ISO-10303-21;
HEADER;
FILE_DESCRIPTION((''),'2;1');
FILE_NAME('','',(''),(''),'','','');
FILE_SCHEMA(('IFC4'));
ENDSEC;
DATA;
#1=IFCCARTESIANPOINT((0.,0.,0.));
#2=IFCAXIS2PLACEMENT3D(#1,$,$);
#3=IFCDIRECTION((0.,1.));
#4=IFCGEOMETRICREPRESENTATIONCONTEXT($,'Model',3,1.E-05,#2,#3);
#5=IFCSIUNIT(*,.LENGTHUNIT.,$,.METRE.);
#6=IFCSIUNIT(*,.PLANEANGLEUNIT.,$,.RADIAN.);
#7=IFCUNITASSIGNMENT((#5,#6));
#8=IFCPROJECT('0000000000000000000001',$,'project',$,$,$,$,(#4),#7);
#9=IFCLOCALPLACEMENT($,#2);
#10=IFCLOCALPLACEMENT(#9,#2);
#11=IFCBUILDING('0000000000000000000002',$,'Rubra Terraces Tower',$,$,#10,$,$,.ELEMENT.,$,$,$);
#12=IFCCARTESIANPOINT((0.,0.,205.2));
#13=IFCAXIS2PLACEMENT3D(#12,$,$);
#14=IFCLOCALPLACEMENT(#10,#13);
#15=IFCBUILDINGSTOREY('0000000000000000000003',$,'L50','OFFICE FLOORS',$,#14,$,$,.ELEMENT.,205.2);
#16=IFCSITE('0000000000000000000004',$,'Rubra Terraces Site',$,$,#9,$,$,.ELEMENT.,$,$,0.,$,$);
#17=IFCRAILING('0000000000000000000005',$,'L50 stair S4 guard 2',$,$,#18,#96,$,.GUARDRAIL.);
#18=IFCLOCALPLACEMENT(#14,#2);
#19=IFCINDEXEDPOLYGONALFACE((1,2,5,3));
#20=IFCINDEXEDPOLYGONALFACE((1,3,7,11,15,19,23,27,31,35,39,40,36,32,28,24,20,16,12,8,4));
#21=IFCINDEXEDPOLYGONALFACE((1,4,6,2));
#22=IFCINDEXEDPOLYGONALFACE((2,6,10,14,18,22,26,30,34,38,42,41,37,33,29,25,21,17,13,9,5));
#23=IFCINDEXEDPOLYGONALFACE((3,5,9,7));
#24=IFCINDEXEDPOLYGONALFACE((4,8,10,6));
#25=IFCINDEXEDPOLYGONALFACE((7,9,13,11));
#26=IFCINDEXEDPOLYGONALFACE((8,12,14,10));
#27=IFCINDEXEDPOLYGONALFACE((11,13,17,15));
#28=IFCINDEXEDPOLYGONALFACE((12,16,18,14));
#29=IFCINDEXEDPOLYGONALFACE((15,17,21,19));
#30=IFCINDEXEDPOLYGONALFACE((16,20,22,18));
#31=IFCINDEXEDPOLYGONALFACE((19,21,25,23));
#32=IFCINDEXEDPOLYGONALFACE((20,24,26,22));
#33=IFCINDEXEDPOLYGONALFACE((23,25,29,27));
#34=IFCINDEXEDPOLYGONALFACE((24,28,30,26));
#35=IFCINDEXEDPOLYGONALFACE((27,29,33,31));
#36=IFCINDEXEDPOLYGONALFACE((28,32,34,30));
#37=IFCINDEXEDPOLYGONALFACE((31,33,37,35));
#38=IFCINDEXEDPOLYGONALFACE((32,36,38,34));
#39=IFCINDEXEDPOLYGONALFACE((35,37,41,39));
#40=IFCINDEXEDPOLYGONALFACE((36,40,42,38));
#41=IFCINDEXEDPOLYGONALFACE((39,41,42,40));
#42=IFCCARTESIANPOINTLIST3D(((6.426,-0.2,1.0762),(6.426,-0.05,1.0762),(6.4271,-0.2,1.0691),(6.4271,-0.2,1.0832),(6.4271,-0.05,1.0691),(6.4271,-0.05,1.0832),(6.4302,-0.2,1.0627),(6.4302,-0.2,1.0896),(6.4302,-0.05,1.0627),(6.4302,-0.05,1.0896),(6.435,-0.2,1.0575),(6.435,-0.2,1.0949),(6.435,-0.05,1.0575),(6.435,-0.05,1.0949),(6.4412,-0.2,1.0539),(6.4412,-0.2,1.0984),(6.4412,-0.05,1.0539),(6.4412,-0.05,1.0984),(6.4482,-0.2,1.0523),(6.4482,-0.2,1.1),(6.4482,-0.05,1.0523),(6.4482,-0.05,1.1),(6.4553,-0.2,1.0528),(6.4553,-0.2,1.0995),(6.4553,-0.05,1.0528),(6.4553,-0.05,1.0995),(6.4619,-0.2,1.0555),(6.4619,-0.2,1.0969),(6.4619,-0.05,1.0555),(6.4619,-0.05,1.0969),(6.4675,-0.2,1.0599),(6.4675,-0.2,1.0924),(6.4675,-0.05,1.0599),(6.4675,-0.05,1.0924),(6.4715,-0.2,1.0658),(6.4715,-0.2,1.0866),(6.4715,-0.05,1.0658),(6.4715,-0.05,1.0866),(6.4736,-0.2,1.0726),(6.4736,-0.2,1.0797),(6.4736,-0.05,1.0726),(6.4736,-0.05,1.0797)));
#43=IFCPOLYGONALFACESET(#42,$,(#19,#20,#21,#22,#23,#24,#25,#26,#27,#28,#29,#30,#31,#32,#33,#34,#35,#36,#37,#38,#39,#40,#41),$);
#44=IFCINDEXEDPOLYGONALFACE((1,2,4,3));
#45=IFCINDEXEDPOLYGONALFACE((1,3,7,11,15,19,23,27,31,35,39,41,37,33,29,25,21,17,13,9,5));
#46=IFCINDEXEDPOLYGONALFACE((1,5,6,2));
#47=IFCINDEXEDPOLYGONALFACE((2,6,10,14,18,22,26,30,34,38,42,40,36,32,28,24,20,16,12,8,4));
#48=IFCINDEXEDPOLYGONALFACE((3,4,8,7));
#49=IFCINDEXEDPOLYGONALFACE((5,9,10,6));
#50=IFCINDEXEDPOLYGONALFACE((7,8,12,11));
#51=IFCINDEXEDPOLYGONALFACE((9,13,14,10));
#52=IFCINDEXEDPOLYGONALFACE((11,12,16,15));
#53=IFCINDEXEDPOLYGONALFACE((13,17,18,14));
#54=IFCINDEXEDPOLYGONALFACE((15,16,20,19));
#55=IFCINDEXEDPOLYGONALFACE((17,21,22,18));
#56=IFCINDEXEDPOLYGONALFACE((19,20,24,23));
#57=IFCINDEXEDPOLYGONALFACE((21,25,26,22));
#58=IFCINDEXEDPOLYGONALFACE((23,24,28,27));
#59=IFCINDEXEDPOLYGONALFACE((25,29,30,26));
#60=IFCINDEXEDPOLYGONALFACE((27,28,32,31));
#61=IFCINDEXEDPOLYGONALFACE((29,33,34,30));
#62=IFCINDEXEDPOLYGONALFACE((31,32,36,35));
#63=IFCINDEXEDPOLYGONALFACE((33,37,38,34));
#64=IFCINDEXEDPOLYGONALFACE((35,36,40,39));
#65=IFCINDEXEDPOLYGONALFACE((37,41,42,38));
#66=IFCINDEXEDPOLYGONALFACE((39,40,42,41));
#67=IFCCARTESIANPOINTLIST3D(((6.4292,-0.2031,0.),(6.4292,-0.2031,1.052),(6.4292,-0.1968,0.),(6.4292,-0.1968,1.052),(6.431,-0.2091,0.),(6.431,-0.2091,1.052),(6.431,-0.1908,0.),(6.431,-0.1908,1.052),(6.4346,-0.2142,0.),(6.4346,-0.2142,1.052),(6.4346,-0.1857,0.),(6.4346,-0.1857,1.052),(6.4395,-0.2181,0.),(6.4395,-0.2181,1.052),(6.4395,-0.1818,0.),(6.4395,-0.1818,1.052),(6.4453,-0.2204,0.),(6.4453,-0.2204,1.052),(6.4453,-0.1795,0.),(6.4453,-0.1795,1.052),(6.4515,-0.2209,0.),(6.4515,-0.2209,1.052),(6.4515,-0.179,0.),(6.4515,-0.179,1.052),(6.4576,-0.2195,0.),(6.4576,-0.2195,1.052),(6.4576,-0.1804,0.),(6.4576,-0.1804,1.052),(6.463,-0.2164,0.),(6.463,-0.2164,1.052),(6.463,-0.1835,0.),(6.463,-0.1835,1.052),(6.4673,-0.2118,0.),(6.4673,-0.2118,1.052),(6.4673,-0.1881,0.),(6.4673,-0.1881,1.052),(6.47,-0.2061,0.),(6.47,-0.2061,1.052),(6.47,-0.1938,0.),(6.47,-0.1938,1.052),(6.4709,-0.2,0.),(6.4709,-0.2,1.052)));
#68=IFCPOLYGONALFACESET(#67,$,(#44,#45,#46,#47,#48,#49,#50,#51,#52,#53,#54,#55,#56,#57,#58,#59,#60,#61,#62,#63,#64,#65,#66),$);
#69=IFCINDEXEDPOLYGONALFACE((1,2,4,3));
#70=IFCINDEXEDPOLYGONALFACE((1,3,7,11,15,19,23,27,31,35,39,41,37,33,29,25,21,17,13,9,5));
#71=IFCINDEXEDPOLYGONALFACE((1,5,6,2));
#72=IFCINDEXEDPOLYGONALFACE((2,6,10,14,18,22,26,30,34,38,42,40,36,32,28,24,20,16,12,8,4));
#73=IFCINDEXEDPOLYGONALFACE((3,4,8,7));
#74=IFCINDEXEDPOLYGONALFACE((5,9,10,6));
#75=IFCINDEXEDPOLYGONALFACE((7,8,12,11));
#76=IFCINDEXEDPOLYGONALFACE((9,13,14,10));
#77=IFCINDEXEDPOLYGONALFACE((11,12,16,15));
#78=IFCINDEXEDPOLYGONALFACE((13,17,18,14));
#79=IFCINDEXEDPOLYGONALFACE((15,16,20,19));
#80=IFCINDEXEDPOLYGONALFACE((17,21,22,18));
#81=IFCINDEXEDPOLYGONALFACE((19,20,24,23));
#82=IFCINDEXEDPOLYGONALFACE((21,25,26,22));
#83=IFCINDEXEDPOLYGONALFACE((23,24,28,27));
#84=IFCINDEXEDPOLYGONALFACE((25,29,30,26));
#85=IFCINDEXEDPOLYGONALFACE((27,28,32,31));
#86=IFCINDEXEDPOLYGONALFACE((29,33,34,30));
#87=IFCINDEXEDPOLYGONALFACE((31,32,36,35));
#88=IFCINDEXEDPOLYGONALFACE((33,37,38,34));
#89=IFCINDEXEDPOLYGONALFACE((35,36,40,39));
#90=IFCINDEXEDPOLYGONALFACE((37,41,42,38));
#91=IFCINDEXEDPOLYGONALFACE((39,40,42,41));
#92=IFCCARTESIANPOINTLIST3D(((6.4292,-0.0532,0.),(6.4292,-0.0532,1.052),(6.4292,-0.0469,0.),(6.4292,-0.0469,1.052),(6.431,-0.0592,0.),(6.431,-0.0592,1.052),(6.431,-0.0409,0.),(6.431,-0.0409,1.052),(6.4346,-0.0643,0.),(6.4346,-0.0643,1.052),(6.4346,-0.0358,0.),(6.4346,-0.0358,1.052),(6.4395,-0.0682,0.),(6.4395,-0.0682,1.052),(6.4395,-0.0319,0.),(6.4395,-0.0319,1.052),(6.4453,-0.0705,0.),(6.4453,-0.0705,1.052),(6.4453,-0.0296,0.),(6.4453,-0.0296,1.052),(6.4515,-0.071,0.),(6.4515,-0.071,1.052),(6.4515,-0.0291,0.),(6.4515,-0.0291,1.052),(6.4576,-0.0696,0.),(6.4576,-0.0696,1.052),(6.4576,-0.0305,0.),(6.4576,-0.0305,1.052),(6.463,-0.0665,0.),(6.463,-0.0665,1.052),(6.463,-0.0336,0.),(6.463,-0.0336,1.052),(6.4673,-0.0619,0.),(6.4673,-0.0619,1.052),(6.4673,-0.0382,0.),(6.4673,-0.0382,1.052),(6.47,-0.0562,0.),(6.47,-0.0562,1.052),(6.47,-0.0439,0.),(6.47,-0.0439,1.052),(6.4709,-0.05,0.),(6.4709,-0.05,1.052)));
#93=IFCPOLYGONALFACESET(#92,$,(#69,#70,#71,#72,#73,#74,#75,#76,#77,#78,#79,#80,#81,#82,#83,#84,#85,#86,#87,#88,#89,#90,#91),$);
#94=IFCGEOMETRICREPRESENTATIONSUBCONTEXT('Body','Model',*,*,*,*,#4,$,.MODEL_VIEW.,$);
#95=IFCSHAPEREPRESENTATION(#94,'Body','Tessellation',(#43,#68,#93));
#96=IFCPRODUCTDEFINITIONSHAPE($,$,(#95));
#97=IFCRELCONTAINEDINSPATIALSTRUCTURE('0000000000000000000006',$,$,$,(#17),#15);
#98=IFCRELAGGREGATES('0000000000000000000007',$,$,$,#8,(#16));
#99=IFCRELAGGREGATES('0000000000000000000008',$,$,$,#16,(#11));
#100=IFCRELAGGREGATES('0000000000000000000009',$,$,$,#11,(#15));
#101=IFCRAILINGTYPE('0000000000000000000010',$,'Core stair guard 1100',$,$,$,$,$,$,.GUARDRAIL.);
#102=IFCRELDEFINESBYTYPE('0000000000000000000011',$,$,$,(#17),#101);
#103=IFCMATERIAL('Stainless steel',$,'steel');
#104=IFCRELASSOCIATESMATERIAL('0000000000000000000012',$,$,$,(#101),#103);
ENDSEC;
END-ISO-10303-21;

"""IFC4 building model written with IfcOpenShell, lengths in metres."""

from ifc_helpers import new_model, si_unit, direction, frame, origin, origin_2d, place, context, subcontext, project, spatial, circle, extrude, material, type_object, element, save


model = new_model("IFC4")

# Units and contexts
model_context = context("Model", 3, precision=1e-05, world=origin(), true_north=direction((0.0, 1.0)))
body_context = subcontext(model_context, "Body", "Model", "MODEL_VIEW")
ifc_project = project(units=[si_unit("LENGTHUNIT", "METRE"), si_unit("PLANEANGLEUNIT", "RADIAN")], contexts=[model_context])

# Site, building, storey
site_placement = place(None, origin())
site = spatial("IfcSite", under=ifc_project, at=site_placement, Name="Rubra Terraces Site", CompositionType="ELEMENT", RefElevation=0.0)
building_placement = place(site_placement, origin())
building = spatial("IfcBuilding", under=site, at=building_placement, Name="Rubra Terraces Tower", CompositionType="ELEMENT")
storey_placement = place(building_placement, frame((0.0, 0.0, 205.2)))
storey = spatial("IfcBuildingStorey", under=building, at=storey_placement, Name="L50", Description="OFFICE FLOORS", CompositionType="ELEMENT", Elevation=205.2)

# Railing
ifc_material_1 = material(Name="Stainless steel", Category="steel")
railing_type_1 = type_object("IfcRailingType", Name="Core stair guard 1100", PredefinedType="GUARDRAIL", material=ifc_material_1)
railing_1_placement = place(storey_placement, frame((6.45, -0.2, 0.0)))
element("IfcRailing", 1, at=railing_1_placement, inside=storey, type_object=railing_type_1, Name="L50 stair S4 guard 2", PredefinedType="GUARDRAIL", context=body_context, shape_type="SweptSolid", body=[
    extrude(circle(Radius=0.0239, at=origin_2d()), frame((0.0, 0.0, 1.0762), z_axis=(0.0, 1.0, 0.0), x_axis=(-1.0, 0.0, 0.0)), (0.0, 0.0, 1.0), 0.1499),
    extrude(circle(Radius=0.021, at=origin_2d()), origin(), (0.0, 0.0, 1.0), 1.052),
    extrude(circle(Radius=0.021, at=origin_2d()), frame((0.0, 0.1499, 0.0)), (0.0, 0.0, 1.0), 1.052),
])

save(model, "model.ifc")
